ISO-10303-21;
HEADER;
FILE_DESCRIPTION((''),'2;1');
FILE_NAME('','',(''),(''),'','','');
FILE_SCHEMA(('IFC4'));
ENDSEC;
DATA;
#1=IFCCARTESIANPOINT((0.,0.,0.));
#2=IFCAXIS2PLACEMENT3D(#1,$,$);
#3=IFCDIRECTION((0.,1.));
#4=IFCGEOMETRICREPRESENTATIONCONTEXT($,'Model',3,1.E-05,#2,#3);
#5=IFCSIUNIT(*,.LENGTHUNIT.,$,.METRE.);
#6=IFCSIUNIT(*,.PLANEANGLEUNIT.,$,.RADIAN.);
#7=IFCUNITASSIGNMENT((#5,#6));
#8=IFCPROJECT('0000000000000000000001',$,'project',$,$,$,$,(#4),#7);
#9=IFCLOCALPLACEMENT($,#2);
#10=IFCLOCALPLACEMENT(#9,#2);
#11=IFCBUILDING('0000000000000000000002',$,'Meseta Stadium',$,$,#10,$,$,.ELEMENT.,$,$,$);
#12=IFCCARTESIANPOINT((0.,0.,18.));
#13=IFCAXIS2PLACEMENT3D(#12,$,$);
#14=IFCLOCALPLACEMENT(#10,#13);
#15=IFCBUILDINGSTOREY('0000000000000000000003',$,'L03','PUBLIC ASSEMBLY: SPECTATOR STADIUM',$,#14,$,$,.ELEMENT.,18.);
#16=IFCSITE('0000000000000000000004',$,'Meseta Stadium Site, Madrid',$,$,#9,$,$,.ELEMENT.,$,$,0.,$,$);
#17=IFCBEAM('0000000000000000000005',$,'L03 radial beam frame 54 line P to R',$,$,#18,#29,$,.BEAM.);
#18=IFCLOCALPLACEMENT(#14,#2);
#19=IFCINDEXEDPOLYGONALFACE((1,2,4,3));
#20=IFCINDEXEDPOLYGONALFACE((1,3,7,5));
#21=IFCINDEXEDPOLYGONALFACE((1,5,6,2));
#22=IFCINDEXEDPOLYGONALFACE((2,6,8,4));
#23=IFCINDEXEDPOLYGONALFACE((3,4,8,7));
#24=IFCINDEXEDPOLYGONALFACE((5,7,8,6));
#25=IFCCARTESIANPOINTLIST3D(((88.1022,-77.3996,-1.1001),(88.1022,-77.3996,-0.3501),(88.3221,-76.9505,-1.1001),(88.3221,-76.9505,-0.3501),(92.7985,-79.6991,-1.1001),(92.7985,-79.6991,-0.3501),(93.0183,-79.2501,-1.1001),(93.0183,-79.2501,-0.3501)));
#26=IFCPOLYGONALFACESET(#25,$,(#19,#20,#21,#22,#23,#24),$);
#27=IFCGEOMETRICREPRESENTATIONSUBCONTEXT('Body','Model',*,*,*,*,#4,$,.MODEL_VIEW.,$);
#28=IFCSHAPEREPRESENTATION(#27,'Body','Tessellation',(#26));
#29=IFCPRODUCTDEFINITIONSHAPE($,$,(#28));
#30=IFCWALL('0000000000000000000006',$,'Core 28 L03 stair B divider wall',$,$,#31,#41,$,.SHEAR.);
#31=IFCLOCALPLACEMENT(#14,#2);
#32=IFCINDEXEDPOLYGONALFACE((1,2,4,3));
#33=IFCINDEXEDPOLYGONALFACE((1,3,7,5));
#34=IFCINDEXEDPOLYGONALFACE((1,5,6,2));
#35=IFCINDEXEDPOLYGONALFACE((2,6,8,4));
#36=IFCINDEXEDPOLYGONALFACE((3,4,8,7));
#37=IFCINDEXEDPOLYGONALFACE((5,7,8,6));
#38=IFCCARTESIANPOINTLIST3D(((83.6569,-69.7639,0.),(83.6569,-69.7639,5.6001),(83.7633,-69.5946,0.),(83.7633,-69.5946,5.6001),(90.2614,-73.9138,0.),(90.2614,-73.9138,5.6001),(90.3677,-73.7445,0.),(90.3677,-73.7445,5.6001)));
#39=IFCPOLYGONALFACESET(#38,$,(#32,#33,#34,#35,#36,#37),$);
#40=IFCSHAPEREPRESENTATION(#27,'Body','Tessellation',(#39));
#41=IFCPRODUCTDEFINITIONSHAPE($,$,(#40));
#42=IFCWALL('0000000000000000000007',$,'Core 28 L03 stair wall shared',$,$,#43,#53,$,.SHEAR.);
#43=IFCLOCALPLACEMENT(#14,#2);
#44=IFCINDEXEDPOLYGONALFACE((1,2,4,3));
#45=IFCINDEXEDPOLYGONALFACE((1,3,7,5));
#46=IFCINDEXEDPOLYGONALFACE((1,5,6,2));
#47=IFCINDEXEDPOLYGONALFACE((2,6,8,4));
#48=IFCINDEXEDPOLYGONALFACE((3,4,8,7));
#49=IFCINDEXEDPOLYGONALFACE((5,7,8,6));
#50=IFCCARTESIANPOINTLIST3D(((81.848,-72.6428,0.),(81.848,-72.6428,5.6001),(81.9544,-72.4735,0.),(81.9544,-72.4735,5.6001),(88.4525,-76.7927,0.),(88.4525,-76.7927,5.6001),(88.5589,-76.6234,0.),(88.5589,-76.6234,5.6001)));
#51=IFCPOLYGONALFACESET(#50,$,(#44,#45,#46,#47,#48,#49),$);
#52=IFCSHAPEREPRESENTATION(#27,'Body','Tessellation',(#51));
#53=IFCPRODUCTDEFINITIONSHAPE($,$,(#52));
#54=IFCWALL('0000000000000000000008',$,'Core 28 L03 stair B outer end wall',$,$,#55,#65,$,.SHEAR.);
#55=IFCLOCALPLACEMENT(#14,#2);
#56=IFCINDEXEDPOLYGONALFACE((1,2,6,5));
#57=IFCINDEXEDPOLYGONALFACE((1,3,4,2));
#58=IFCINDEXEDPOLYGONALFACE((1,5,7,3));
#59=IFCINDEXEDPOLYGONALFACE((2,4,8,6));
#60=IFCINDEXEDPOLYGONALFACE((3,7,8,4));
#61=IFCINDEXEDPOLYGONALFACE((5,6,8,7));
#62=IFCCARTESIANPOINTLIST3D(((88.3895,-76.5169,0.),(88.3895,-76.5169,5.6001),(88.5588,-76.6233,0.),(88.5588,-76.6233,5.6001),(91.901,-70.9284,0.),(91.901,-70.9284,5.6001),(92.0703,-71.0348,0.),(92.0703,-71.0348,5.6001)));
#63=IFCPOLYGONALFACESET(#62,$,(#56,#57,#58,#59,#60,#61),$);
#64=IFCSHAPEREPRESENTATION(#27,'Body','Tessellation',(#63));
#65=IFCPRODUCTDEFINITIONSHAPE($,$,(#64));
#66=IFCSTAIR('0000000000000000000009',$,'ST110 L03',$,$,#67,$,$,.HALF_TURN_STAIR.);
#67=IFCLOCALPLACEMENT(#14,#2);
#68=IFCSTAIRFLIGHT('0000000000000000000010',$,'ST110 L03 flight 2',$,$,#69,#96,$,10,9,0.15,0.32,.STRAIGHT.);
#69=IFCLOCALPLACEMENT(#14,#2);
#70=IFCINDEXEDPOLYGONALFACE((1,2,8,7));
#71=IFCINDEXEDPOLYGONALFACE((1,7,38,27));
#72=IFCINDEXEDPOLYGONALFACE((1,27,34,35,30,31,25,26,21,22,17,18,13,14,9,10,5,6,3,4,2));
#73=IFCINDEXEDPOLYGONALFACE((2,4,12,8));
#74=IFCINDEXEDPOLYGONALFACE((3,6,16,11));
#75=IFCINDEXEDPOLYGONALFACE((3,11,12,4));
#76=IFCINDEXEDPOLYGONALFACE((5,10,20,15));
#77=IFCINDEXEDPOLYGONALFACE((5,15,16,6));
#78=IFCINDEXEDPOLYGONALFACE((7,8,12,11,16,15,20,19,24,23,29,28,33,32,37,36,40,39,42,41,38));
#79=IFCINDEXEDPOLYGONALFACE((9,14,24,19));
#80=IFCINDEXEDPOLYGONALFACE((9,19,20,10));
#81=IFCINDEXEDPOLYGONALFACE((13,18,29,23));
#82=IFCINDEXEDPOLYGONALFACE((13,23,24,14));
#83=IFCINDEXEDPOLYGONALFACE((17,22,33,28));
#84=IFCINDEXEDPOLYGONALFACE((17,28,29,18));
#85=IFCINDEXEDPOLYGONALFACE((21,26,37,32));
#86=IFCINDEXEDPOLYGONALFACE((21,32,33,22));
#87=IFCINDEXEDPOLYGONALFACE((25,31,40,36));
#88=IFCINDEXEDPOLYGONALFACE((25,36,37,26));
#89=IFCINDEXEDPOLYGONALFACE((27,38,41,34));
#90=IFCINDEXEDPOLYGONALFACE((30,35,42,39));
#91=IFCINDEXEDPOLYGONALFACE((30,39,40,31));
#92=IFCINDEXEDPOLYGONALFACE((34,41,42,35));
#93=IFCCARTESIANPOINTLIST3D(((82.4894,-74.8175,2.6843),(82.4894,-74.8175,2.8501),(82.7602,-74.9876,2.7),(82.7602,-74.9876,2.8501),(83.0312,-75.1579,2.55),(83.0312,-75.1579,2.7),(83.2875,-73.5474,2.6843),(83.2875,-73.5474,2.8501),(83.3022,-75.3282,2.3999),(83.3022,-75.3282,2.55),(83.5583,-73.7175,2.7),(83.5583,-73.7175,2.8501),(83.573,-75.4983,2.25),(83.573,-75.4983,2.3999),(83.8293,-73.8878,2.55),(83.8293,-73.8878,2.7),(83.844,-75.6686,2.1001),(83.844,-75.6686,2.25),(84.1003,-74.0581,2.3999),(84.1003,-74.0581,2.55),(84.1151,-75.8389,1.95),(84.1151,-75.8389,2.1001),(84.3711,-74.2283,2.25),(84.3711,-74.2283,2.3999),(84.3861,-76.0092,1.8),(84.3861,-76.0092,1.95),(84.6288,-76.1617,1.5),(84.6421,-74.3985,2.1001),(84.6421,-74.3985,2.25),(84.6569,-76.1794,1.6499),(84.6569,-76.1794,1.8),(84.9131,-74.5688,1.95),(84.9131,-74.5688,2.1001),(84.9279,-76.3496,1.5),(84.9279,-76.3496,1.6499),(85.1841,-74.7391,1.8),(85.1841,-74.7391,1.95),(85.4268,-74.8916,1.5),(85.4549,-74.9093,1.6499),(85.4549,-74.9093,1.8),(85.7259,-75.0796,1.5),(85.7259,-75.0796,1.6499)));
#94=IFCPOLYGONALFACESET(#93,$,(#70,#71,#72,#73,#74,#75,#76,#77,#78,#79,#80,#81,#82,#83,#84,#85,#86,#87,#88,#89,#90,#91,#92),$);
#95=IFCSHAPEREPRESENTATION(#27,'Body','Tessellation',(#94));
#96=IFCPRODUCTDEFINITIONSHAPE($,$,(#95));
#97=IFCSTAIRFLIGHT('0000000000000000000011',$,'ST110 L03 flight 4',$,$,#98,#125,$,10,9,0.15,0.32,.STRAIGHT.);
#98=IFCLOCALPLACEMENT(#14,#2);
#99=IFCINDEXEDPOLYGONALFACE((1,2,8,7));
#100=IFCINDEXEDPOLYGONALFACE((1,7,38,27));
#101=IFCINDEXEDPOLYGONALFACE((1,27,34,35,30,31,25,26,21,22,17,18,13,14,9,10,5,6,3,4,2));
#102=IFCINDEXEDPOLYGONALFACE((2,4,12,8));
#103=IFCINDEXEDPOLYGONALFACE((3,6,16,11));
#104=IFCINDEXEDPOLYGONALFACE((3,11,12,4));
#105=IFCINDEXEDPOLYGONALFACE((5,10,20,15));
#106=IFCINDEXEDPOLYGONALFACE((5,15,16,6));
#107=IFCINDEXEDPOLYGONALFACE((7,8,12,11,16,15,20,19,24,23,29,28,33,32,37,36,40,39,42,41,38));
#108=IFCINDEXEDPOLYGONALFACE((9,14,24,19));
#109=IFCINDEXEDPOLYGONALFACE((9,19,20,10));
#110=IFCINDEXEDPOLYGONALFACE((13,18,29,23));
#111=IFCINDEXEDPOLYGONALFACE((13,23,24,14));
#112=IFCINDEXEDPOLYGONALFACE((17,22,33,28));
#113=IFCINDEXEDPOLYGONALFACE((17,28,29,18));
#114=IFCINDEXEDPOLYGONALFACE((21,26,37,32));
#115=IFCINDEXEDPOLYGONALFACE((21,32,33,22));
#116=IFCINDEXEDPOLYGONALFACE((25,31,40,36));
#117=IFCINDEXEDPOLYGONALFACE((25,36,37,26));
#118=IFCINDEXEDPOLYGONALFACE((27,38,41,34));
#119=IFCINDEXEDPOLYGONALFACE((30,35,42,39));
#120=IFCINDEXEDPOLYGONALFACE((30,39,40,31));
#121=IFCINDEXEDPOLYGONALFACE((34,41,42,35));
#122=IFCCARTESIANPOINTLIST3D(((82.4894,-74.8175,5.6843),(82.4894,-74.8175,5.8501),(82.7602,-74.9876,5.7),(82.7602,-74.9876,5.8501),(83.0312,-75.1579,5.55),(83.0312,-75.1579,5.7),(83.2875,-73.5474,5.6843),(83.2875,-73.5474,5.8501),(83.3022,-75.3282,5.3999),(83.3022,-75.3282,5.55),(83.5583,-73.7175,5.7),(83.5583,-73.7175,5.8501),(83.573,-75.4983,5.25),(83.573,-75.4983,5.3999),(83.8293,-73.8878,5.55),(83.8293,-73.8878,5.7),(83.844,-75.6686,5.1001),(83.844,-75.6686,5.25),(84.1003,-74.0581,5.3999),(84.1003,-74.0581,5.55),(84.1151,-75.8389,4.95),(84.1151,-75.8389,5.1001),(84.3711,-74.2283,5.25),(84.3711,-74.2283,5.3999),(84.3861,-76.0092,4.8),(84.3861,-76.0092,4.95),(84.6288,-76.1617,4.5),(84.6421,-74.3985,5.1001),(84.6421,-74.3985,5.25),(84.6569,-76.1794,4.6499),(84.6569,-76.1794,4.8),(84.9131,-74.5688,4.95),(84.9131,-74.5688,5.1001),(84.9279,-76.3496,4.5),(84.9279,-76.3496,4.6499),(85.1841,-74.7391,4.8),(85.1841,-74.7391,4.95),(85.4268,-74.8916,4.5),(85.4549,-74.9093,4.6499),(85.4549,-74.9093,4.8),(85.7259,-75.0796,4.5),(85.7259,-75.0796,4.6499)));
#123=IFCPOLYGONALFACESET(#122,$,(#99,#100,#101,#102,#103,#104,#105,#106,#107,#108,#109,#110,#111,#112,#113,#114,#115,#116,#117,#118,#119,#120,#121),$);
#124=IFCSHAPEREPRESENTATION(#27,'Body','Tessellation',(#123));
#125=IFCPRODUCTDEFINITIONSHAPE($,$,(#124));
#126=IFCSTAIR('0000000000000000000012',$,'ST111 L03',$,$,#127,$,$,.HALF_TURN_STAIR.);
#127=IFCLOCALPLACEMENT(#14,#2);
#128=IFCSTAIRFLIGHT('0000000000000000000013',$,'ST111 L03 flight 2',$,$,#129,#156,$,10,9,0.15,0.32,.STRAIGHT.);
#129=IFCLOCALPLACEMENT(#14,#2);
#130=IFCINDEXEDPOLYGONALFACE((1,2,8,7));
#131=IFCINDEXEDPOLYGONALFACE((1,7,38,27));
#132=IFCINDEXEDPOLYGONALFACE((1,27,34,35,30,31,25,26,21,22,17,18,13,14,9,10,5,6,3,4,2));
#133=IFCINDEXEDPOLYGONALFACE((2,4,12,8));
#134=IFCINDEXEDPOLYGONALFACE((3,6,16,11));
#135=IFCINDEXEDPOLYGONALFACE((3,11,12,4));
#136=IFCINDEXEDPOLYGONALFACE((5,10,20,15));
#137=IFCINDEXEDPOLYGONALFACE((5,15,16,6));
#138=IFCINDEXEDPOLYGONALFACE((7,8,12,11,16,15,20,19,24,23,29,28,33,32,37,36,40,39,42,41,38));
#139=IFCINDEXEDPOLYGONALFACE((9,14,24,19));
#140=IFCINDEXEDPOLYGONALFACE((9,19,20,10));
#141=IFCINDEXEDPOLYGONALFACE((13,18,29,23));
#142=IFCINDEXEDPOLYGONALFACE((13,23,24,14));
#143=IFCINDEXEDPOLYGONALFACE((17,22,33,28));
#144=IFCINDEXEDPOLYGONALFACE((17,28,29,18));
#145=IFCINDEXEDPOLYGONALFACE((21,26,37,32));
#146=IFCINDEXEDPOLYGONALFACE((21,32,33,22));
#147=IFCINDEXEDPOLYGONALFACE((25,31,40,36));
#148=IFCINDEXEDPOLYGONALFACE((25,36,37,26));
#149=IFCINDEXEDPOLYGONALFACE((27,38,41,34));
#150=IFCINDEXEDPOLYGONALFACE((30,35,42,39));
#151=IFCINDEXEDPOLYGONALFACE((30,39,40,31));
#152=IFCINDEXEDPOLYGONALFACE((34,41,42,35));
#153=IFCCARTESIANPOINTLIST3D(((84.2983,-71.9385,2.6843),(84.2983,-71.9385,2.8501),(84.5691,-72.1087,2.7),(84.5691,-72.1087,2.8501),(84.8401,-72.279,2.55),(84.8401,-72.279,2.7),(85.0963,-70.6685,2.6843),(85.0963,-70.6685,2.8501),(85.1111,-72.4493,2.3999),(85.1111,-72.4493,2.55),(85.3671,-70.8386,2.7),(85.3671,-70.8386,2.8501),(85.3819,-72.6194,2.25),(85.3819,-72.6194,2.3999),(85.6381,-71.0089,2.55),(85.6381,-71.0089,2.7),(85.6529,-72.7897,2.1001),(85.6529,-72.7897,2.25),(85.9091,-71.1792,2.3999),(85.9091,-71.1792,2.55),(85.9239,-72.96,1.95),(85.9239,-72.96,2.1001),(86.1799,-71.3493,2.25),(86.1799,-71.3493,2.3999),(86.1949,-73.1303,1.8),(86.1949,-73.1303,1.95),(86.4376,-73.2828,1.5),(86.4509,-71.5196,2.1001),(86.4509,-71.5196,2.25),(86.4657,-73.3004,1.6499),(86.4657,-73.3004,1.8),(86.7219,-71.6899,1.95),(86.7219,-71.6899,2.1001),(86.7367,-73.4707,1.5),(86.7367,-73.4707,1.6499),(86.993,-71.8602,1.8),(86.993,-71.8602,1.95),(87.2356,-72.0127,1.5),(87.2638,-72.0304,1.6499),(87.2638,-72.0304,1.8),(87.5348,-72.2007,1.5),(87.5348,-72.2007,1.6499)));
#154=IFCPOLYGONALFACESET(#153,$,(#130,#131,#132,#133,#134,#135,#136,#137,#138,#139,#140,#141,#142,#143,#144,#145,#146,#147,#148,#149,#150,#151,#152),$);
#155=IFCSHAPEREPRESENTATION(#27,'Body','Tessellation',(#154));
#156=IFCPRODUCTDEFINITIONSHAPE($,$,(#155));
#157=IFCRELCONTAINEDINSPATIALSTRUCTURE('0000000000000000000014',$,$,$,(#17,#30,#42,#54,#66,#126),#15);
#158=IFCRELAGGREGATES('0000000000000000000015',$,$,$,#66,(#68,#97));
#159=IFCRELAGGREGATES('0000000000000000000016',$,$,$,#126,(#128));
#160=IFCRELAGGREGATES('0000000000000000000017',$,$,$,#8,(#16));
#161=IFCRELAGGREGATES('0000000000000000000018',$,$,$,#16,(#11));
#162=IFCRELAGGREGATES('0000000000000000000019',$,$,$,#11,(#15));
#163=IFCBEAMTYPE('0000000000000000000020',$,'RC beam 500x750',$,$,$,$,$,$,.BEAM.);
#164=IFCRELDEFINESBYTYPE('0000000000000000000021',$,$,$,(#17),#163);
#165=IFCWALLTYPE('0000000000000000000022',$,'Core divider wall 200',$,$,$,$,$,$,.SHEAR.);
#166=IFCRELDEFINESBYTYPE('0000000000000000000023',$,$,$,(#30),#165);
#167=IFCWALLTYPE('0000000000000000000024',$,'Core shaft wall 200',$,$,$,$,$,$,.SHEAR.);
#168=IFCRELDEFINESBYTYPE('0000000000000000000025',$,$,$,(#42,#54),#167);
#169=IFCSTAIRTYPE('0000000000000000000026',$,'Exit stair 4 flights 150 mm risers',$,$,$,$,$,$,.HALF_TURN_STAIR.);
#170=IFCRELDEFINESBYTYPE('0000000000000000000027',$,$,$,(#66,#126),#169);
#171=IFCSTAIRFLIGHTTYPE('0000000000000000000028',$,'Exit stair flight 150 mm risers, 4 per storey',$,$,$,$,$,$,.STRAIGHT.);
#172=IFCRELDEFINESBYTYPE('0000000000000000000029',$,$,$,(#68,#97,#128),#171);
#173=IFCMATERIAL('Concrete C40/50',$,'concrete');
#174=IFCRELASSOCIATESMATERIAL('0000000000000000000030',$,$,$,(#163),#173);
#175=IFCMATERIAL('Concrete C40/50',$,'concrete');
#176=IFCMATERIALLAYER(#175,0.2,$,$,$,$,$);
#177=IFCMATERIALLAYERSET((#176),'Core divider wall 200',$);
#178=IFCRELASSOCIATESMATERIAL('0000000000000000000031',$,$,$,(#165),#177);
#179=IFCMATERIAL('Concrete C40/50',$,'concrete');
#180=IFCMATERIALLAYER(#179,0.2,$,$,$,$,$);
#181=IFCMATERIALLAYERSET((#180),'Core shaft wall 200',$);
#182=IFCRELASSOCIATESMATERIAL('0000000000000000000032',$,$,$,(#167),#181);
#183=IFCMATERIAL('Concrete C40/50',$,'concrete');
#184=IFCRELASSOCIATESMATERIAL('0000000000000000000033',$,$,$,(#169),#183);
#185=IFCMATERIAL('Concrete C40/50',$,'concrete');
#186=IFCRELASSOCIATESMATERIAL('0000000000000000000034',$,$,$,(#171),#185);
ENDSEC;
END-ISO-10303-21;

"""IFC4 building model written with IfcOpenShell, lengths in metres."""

from ifc_helpers import new_model, si_unit, direction, frame, frame_2d, origin, origin_2d, place, context, subcontext, project, spatial, polyline, rectangle, outline, extrude, material, layer, layer_set, material_profile, profile_set, type_object, element, aggregate, save


model = new_model("IFC4")

# Units and contexts
model_context = context("Model", 3, precision=1e-05, world=origin(), true_north=direction((0.0, 1.0)))
body_context = subcontext(model_context, "Body", "Model", "MODEL_VIEW")
ifc_project = project(units=[si_unit("LENGTHUNIT", "METRE"), si_unit("PLANEANGLEUNIT", "RADIAN")], contexts=[model_context])

# Site, building, storey
site_placement = place(None, origin())
site = spatial("IfcSite", under=ifc_project, at=site_placement, Name="Meseta Stadium Site, Madrid", CompositionType="ELEMENT", RefElevation=0.0)
building_placement = place(site_placement, origin())
building = spatial("IfcBuilding", under=site, at=building_placement, Name="Meseta Stadium", CompositionType="ELEMENT")
storey_placement = place(building_placement, frame((0.0, 0.0, 18.0)))
storey = spatial("IfcBuildingStorey", under=building, at=storey_placement, Name="L03", Description="PUBLIC ASSEMBLY: SPECTATOR STADIUM", CompositionType="ELEMENT", Elevation=18.0)

# Beam
ifc_material_1 = material(Name="Concrete C40/50", Category="concrete")
ifc_material_profile = material_profile(ifc_material_1, rectangle(XDim=0.5, YDim=0.75, at=origin_2d()), Name="RC 500x750")
ifc_profile_set = profile_set([ifc_material_profile], Name="Concrete C40/50")
beam_type = type_object("IfcBeamType", Name="RC beam 500x750", PredefinedType="BEAM", material=ifc_profile_set)
beam_placement = place(storey_placement, frame((88.2122, -77.175, -0.7251), z_axis=(0.898113, -0.439765, 0.0), x_axis=(0.439765, 0.898113, 0.0)))
element("IfcBeam", 1, at=beam_placement, inside=storey, type_object=beam_type, Name="L03 radial beam frame 54 line P to R", PredefinedType="BEAM", context=body_context, shape_type="SweptSolid", body=[
    extrude(rectangle(XDim=0.5, YDim=0.75, at=origin_2d()), origin(), (0.0, 0.0, 1.0), 5.229),
])

# Walls
ifc_material_2 = material(Name="Concrete C40/50", Category="concrete")
ifc_layer_1 = layer(ifc_material_2, 0.2)
ifc_layer_set_1 = layer_set([ifc_layer_1], Name="Core divider wall 200")
wall_type_1 = type_object("IfcWallType", Name="Core divider wall 200", PredefinedType="SHEAR", material=ifc_layer_set_1)
wall_1_placement = place(storey_placement, frame((90.3145, -73.8291, 0.0), z_axis=(0.0, 0.0, 1.0), x_axis=(-0.846723, 0.532034, 0.0)))
element("IfcWall", 2, at=wall_1_placement, inside=storey, type_object=wall_type_1, Name="Core 28 L03 stair B divider wall", PredefinedType="SHEAR", context=body_context, shape_type="SweptSolid", body=[
    extrude(rectangle(XDim=7.8, YDim=0.2, at=frame_2d((3.8999, 0.0))), origin(), (0.0, 0.0, 1.0), 5.6001),
])
ifc_material_3 = material(Name="Concrete C40/50", Category="concrete")
ifc_layer_2 = layer(ifc_material_3, 0.2)
ifc_layer_set_2 = layer_set([ifc_layer_2], Name="Core shaft wall 200")
wall_type_2 = type_object("IfcWallType", Name="Core shaft wall 200", PredefinedType="SHEAR", material=ifc_layer_set_2)
wall_2_placement = place(storey_placement, frame((88.5056, -76.708, 0.0), z_axis=(0.0, 0.0, 1.0), x_axis=(-0.846723, 0.532034, 0.0)))
element("IfcWall", 3, at=wall_2_placement, inside=storey, type_object=wall_type_2, Name="Core 28 L03 stair wall shared", PredefinedType="SHEAR", context=body_context, shape_type="SweptSolid", body=[
    extrude(rectangle(XDim=7.8, YDim=0.2, at=frame_2d((3.8999, 0.0))), origin(), (0.0, 0.0, 1.0), 5.6001),
])
wall_3_placement = place(storey_placement, frame((88.4741, -76.5701, 0.0), z_axis=(0.0, 0.0, 1.0), x_axis=(0.532039, 0.84672, 0.0)))
element("IfcWall", 4, at=wall_3_placement, inside=storey, type_object=wall_type_2, Name="Core 28 L03 stair B outer end wall", PredefinedType="SHEAR", context=body_context, shape_type="SweptSolid", body=[
    extrude(rectangle(XDim=6.6001, YDim=0.2, at=frame_2d((3.3, 0.0))), origin(), (0.0, 0.0, 1.0), 5.6001),
])

# Stairs, stair flights
ifc_material_4 = material(Name="Concrete C40/50", Category="concrete")
stair_type = type_object("IfcStairType", Name="Exit stair 4 flights 150 mm risers", PredefinedType="HALF_TURN_STAIR", material=ifc_material_4)
stair_1_placement = place(storey_placement, origin())
stair_1 = element("IfcStair", 5, at=stair_1_placement, inside=storey, type_object=stair_type, Name="ST110 L03", PredefinedType="HALF_TURN_STAIR")
ifc_material_5 = material(Name="Concrete C40/50", Category="concrete")
stair_flight_type = type_object("IfcStairFlightType", Name="Exit stair flight 150 mm risers, 4 per storey", PredefinedType="STRAIGHT", material=ifc_material_5)
stair_flight_1_placement = place(storey_placement, frame((85.3269, -75.7146, 1.5), z_axis=(0.0, 0.0, 1.0), x_axis=(-0.846724, 0.532032, 0.0)))
stair_flight_1 = element("IfcStairFlight", 6, at=stair_flight_1_placement, type_object=stair_flight_type, Name="ST110 L03 flight 2", NumberOfRisers=10, NumberOfTreads=9, PredefinedType="STRAIGHT", RiserHeight=0.15, TreadLength=0.32, context=body_context, shape_type="SweptSolid", body=[
    extrude(outline(polyline([(0.0, 0.0), (0.0, 0.1499), (0.3201, 0.1499), (0.3201, 0.3), (0.6399, 0.3), (0.6399, 0.45), (0.96, 0.45), (0.96, 0.6001), (1.28, 0.6001), (1.28, 0.75), (1.6001, 0.75), (1.6001, 0.8999), (1.9199, 0.8999), (1.9199, 1.05), (2.24, 1.05), (2.24, 1.2), (2.5601, 1.2), (2.5601, 1.3501), (2.8799, 1.3501), (2.8799, 1.1843), (0.3533, 0.0), (0.0, 0.0)])), frame((0.0, 0.75, 0.0), z_axis=(0.0, -1.0, 0.0), x_axis=(1.0, 0.0, 0.0)), (0.0, 0.0, 1.0), 1.5),
])
stair_flight_2_placement = place(storey_placement, frame((85.3269, -75.7146, 4.5), z_axis=(0.0, 0.0, 1.0), x_axis=(-0.846724, 0.532032, 0.0)))
stair_flight_2 = element("IfcStairFlight", 7, at=stair_flight_2_placement, type_object=stair_flight_type, Name="ST110 L03 flight 4", NumberOfRisers=10, NumberOfTreads=9, PredefinedType="STRAIGHT", RiserHeight=0.15, TreadLength=0.32, context=body_context, shape_type="SweptSolid", body=[
    extrude(outline(polyline([(0.0, 0.0), (0.0, 0.1499), (0.3201, 0.1499), (0.3201, 0.3), (0.6399, 0.3), (0.6399, 0.45), (0.96, 0.45), (0.96, 0.6001), (1.28, 0.6001), (1.28, 0.75), (1.6001, 0.75), (1.6001, 0.8999), (1.9199, 0.8999), (1.9199, 1.05), (2.24, 1.05), (2.24, 1.2), (2.5601, 1.2), (2.5601, 1.3501), (2.8799, 1.3501), (2.8799, 1.1843), (0.3533, 0.0), (0.0, 0.0)])), frame((0.0, 0.75, 0.0), z_axis=(0.0, -1.0, 0.0), x_axis=(1.0, 0.0, 0.0)), (0.0, 0.0, 1.0), 1.5),
])
aggregate(stair_1, [stair_flight_1, stair_flight_2])
stair_2_placement = place(storey_placement, origin())
stair_2 = element("IfcStair", 8, at=stair_2_placement, inside=storey, type_object=stair_type, Name="ST111 L03", PredefinedType="HALF_TURN_STAIR")
stair_flight_3_placement = place(storey_placement, frame((87.1357, -72.8357, 1.5), z_axis=(0.0, 0.0, 1.0), x_axis=(-0.846724, 0.532032, 0.0)))
stair_flight_3 = element("IfcStairFlight", 9, at=stair_flight_3_placement, type_object=stair_flight_type, Name="ST111 L03 flight 2", NumberOfRisers=10, NumberOfTreads=9, PredefinedType="STRAIGHT", RiserHeight=0.15, TreadLength=0.32, context=body_context, shape_type="SweptSolid", body=[
    extrude(outline(polyline([(0.0, 0.0), (0.0, 0.1499), (0.3201, 0.1499), (0.3201, 0.3), (0.6399, 0.3), (0.6399, 0.45), (0.96, 0.45), (0.96, 0.6001), (1.28, 0.6001), (1.28, 0.75), (1.6001, 0.75), (1.6001, 0.8999), (1.9199, 0.8999), (1.9199, 1.05), (2.24, 1.05), (2.24, 1.2), (2.5601, 1.2), (2.5601, 1.3501), (2.8799, 1.3501), (2.8799, 1.1843), (0.3533, 0.0), (0.0, 0.0)])), frame((0.0, 0.75, 0.0), z_axis=(0.0, -1.0, 0.0), x_axis=(1.0, 0.0, 0.0)), (0.0, 0.0, 1.0), 1.5),
])
aggregate(stair_2, [stair_flight_3])

save(model, "model.ifc")
